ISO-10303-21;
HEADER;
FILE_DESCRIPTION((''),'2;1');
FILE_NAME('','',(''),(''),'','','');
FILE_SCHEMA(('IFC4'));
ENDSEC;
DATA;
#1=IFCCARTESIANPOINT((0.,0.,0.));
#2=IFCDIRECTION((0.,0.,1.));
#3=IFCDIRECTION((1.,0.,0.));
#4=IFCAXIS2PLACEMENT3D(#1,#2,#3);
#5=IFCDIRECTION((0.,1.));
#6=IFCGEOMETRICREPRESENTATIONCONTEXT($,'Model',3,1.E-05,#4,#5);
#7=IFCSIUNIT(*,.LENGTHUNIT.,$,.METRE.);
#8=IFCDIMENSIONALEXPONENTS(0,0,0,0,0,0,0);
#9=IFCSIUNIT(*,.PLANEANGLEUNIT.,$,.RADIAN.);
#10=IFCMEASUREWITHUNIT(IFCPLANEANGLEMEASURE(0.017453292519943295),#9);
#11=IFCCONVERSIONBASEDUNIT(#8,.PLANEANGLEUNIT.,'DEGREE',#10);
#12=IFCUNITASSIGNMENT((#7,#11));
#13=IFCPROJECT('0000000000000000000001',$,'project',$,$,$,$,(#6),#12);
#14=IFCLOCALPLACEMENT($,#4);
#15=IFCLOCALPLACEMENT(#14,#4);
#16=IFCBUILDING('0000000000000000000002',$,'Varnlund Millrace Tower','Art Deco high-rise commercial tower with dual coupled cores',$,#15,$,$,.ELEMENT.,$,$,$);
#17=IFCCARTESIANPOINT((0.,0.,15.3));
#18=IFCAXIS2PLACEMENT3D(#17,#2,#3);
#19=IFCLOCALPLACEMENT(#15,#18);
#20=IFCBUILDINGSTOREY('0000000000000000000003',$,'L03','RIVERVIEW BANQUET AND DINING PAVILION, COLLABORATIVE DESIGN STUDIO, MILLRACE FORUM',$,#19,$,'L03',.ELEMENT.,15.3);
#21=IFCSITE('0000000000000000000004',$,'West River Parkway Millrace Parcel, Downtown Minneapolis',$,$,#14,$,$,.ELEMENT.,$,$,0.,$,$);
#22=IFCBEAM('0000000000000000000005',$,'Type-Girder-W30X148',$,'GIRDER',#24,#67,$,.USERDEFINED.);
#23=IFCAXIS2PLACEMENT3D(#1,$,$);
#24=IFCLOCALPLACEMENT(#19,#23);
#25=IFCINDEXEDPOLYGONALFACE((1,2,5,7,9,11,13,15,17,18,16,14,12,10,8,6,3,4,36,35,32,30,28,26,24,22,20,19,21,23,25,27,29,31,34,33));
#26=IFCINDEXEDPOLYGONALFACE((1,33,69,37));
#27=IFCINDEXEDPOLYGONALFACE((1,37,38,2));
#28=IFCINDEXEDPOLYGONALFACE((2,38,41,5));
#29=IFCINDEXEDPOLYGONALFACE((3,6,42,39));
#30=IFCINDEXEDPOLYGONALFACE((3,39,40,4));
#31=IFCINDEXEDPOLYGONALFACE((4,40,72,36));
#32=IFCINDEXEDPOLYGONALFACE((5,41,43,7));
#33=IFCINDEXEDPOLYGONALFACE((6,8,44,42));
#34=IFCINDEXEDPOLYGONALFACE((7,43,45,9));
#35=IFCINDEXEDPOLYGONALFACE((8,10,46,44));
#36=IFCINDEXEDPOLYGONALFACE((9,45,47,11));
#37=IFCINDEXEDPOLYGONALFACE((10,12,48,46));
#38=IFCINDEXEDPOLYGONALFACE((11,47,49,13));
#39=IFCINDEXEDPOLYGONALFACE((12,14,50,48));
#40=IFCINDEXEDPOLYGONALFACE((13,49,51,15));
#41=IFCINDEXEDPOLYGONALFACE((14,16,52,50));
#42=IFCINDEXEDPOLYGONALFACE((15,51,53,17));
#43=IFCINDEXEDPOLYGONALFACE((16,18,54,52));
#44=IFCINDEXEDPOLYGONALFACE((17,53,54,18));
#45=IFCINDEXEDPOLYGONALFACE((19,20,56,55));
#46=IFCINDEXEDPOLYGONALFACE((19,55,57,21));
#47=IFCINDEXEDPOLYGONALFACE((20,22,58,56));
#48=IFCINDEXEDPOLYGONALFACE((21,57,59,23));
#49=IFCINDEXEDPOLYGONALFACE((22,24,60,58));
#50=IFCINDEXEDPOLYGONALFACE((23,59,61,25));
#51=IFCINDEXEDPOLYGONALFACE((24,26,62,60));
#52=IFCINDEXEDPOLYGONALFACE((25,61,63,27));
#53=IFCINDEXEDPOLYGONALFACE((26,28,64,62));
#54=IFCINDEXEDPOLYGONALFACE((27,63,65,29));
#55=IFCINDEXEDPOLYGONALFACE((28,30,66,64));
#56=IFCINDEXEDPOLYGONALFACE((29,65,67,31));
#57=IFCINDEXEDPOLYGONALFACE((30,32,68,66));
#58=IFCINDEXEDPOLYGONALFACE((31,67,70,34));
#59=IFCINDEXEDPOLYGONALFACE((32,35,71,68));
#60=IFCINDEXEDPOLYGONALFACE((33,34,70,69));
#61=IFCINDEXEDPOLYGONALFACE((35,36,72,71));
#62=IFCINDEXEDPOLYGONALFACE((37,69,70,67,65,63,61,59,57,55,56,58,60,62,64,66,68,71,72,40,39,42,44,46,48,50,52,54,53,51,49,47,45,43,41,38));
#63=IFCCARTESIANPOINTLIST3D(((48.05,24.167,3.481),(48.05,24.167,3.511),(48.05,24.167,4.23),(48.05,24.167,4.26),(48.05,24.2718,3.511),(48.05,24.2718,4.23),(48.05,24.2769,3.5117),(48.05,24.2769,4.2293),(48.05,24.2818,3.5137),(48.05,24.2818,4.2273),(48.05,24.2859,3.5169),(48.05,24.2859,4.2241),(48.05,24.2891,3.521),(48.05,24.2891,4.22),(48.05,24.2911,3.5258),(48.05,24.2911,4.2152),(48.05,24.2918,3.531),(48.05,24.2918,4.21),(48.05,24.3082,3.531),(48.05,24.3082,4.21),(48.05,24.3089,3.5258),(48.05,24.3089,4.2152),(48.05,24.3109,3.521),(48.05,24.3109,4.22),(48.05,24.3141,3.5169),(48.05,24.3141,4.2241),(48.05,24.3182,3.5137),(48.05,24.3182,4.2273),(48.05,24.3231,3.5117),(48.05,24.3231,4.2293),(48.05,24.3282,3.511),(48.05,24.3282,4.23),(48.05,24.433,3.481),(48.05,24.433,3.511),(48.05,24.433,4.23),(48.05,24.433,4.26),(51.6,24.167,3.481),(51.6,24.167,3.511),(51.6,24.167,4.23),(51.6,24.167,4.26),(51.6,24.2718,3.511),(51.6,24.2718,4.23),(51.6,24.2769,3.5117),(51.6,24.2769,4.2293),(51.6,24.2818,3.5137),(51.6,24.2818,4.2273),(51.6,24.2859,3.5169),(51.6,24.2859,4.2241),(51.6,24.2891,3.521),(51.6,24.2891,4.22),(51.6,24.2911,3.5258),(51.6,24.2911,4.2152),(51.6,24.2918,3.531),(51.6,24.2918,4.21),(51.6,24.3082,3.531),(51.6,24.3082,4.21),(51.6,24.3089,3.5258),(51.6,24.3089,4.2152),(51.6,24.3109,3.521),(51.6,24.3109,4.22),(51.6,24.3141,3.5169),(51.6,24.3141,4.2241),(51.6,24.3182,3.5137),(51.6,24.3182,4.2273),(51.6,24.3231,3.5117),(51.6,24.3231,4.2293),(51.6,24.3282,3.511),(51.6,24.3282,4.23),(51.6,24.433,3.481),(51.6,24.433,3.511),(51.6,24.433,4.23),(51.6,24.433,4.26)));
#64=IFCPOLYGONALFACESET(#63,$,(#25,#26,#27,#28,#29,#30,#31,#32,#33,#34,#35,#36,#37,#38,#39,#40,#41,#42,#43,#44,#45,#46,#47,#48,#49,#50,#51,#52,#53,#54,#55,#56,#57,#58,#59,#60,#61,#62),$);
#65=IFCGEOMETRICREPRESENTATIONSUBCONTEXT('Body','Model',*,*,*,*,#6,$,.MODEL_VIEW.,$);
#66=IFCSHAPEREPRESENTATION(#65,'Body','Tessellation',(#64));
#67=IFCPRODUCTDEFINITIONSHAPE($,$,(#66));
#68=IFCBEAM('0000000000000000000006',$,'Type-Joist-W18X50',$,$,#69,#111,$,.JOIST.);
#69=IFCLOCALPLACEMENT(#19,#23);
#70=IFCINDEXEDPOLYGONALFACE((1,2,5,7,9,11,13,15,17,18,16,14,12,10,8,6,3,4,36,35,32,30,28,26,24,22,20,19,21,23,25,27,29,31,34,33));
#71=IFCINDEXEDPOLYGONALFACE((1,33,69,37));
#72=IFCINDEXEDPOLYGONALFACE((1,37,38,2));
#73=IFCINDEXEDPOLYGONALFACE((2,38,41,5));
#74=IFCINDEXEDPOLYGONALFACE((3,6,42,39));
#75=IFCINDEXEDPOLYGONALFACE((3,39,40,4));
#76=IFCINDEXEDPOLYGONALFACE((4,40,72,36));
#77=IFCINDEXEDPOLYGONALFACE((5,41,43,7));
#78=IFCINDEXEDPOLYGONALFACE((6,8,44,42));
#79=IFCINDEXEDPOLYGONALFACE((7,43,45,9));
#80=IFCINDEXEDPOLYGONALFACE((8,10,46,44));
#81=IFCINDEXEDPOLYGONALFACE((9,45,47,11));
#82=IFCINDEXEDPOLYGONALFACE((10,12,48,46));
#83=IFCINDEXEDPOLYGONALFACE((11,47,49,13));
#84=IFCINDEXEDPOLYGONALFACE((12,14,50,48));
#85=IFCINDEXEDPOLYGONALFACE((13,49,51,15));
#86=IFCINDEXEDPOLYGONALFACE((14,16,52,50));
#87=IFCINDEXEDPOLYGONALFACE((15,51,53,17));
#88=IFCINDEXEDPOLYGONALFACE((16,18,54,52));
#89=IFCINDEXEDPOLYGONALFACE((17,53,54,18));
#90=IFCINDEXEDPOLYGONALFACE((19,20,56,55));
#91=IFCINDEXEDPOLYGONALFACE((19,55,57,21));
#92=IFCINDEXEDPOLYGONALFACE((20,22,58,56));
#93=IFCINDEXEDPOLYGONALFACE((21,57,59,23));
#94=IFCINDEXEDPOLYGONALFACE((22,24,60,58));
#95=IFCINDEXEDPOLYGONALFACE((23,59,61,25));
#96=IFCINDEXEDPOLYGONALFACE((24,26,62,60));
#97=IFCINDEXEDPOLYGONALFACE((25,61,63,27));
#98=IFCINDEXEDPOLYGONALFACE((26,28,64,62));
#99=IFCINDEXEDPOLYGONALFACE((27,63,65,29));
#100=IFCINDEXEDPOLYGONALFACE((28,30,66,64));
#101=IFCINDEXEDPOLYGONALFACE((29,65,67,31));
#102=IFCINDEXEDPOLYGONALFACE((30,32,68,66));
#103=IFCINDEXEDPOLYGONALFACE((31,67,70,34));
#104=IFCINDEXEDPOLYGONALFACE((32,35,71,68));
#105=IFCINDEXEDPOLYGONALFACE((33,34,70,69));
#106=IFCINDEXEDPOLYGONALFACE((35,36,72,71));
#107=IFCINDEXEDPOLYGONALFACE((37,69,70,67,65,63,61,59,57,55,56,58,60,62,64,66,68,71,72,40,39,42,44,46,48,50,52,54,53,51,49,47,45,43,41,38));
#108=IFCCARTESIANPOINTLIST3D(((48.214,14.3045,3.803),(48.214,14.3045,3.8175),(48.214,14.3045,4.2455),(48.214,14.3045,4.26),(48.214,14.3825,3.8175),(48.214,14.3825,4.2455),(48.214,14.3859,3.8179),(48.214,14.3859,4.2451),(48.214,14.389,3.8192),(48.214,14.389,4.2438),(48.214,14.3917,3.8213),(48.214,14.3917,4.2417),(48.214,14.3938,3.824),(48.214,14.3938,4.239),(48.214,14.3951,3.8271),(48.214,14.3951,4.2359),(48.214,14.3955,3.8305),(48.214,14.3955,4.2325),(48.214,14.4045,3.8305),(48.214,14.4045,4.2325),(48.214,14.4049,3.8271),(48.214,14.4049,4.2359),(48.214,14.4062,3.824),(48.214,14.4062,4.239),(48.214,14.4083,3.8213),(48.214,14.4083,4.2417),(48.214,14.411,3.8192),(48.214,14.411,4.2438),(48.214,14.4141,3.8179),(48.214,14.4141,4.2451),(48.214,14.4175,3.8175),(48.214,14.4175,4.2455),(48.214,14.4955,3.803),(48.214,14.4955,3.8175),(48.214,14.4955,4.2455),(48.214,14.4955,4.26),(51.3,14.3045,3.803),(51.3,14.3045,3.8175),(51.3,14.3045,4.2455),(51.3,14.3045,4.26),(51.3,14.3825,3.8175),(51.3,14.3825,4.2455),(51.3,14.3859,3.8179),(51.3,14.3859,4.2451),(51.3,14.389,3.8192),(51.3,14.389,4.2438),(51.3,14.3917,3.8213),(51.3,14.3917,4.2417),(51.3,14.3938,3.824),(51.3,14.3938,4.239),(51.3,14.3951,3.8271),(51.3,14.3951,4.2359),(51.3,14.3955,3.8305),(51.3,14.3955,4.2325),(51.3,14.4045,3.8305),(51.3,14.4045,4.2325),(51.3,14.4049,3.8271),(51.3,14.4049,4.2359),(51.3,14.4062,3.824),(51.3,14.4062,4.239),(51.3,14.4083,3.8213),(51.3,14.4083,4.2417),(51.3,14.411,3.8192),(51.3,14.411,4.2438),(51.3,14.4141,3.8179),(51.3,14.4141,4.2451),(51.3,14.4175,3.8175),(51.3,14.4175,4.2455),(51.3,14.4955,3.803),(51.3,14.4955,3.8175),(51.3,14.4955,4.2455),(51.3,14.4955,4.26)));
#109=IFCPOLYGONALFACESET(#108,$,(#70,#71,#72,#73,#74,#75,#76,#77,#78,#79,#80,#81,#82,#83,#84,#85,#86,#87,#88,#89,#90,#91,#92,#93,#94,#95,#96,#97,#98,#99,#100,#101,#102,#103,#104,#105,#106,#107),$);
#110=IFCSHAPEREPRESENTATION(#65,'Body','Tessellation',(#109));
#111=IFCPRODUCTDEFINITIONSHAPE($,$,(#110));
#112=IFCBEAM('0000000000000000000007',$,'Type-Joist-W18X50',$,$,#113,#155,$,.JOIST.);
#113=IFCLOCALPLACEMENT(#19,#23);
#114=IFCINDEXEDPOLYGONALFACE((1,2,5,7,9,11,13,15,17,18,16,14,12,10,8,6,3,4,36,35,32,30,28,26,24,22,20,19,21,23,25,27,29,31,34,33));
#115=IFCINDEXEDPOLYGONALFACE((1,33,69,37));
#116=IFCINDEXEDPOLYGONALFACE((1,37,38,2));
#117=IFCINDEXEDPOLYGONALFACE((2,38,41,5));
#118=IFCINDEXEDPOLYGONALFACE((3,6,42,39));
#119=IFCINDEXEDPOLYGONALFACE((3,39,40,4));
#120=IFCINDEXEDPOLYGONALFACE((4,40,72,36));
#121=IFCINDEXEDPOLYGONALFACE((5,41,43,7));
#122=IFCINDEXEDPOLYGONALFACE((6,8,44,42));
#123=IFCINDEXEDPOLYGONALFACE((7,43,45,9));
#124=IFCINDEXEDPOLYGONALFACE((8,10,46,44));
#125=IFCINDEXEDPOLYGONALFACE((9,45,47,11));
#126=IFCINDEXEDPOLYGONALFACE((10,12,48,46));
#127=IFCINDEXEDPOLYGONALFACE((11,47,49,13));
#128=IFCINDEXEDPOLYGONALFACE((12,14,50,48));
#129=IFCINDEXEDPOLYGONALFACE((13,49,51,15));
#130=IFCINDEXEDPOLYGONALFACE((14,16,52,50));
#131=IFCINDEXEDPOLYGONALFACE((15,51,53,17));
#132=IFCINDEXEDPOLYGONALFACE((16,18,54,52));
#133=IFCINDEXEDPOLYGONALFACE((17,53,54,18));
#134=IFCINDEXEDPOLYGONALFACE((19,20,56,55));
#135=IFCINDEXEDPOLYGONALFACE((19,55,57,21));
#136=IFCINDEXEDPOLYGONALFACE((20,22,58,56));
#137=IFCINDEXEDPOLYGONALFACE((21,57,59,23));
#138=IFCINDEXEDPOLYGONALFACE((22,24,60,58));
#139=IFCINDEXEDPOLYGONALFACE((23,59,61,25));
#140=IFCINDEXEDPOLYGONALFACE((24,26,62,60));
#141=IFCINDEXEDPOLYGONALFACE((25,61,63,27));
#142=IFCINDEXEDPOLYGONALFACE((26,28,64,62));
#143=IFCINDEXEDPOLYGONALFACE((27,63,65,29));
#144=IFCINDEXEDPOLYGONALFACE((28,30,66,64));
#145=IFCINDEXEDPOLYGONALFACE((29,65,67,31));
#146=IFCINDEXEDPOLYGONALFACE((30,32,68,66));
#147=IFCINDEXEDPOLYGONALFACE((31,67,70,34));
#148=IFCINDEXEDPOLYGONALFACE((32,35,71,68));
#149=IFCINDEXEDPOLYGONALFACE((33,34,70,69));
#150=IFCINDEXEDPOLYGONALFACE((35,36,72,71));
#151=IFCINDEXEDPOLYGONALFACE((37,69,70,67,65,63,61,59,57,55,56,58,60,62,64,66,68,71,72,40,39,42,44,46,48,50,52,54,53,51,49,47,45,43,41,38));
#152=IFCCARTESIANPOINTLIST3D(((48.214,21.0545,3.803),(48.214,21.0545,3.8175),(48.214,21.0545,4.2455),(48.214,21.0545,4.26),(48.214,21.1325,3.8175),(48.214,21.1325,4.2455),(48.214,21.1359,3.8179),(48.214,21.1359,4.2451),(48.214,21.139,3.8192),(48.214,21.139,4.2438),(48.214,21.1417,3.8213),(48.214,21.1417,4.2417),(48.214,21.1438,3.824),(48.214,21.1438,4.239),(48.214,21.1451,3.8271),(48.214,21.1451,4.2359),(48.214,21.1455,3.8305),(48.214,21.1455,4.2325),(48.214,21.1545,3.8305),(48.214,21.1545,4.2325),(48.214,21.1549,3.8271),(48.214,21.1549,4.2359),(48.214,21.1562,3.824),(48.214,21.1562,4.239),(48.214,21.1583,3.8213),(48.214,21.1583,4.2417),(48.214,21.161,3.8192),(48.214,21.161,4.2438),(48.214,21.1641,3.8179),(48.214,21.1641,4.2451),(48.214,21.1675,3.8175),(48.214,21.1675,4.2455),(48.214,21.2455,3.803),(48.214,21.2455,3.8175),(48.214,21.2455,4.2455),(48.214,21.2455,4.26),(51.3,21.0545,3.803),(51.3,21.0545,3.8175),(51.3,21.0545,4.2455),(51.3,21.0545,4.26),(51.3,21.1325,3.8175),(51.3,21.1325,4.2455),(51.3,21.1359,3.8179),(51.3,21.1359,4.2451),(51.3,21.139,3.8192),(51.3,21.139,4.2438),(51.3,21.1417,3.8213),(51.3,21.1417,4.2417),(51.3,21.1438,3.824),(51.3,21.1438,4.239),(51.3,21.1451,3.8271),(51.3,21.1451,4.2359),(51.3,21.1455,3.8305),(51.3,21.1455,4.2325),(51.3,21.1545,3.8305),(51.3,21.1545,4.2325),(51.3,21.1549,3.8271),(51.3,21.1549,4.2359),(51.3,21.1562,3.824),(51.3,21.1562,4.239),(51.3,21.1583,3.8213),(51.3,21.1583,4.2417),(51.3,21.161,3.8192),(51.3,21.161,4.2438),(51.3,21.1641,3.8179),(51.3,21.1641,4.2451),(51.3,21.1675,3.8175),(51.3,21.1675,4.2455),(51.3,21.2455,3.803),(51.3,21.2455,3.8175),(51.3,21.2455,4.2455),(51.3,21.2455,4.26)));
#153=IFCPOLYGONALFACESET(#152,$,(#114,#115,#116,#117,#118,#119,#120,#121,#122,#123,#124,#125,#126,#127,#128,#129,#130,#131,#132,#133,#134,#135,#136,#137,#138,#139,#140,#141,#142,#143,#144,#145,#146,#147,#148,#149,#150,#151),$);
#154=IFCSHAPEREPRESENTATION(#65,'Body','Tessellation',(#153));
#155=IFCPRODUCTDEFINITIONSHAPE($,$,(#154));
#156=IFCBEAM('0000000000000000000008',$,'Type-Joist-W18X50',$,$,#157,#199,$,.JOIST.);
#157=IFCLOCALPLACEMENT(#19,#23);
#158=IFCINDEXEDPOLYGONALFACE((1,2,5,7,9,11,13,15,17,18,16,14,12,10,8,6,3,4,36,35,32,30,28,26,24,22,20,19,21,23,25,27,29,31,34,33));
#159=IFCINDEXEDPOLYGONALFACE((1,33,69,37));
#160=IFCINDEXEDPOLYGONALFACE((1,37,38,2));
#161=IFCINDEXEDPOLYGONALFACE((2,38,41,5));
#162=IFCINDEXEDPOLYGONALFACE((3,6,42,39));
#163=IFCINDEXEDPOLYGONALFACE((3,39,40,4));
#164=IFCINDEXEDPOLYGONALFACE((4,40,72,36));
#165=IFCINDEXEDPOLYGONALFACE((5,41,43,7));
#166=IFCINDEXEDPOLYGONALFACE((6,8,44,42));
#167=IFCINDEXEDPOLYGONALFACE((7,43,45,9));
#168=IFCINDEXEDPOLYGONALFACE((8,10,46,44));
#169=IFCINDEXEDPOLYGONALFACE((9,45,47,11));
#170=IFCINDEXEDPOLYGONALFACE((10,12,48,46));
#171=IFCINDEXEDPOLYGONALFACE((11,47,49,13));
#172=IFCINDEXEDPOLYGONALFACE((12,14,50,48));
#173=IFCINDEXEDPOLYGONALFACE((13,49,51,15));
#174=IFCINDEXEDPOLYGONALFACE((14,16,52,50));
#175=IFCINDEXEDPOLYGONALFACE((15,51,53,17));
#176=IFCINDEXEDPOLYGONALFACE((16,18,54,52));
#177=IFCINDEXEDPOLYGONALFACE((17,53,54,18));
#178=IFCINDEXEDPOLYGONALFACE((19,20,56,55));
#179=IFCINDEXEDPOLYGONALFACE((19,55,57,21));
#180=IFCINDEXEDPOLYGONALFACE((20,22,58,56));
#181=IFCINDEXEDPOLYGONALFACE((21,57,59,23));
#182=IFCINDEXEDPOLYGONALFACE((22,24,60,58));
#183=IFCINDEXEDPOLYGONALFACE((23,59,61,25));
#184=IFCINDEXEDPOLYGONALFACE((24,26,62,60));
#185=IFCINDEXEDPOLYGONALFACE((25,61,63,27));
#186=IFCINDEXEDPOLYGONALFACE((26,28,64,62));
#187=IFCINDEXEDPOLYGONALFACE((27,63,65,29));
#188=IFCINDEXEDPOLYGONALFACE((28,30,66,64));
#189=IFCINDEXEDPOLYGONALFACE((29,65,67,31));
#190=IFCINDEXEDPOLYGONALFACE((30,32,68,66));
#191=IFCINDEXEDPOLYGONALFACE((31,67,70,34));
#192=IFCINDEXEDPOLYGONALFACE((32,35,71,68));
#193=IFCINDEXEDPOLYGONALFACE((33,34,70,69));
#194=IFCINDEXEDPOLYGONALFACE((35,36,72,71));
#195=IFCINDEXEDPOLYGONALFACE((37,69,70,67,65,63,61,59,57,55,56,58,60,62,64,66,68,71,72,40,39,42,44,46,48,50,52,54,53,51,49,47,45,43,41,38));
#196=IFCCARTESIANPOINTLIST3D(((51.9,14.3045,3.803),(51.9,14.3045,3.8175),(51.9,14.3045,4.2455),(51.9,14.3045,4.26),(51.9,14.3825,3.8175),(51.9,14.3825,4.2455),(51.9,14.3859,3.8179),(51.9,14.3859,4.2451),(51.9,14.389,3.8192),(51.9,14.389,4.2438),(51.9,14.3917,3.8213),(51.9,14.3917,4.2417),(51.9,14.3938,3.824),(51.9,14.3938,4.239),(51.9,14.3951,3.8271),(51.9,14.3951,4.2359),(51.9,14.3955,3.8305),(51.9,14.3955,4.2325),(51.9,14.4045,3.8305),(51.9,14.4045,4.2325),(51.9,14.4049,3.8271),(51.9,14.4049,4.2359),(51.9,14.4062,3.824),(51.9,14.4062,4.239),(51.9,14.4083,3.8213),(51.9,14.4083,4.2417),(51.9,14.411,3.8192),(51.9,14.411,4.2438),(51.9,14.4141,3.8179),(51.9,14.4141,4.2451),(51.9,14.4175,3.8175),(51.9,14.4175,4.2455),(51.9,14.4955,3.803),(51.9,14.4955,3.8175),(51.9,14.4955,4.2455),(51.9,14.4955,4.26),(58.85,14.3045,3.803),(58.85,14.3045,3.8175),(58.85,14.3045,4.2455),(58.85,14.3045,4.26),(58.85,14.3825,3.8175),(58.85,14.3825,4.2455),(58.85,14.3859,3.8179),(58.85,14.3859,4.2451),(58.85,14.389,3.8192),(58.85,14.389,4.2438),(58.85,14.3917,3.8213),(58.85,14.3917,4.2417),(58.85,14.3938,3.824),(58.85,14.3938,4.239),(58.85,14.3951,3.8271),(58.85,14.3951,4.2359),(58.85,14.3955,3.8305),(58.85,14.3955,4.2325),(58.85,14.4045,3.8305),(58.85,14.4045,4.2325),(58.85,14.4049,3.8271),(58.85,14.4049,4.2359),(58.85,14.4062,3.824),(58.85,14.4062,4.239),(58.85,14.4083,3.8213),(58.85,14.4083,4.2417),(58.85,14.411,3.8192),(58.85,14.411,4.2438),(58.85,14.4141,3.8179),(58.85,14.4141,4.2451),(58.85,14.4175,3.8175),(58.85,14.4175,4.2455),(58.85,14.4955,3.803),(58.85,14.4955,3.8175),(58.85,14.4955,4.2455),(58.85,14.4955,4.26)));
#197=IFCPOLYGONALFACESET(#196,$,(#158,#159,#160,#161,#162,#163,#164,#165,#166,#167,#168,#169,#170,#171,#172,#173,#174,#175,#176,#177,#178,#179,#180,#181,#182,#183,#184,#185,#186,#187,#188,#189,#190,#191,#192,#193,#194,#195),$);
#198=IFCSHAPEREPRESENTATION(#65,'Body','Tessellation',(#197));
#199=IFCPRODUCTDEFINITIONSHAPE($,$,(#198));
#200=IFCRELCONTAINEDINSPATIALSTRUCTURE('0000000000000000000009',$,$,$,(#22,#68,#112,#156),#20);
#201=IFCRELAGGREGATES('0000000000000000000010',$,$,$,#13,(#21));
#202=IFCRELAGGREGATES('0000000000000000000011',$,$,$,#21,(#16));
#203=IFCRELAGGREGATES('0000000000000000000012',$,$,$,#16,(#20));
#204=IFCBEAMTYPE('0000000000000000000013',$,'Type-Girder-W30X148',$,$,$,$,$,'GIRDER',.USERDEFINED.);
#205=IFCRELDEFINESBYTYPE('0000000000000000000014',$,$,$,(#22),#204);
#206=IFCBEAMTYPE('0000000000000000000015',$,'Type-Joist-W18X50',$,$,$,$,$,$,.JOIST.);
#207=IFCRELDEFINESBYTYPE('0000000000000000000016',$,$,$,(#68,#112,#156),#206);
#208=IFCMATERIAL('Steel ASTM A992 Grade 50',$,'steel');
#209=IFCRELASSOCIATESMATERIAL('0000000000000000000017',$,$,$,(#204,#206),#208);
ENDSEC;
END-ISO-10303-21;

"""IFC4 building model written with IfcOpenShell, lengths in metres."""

from ifc_helpers import new_model, entity, si_unit, converted_unit, direction, frame, origin_with_axes, origin_2d_with_axis, place, context, subcontext, project, spatial, i_section, extrude, material, material_profile, profile_set, type_object, element, save


model = new_model("IFC4")

# Units and contexts
model_context = context("Model", 3, precision=1e-05, world=origin_with_axes(), true_north=direction((0.0, 1.0)))
body_context = subcontext(model_context, "Body", "Model", "MODEL_VIEW")
ifc_project = project(units=[si_unit("LENGTHUNIT", "METRE"), converted_unit("PLANEANGLEUNIT", "DEGREE", entity("IfcPlaneAngleMeasure", 0.017453292519943295), si_unit("PLANEANGLEUNIT", "RADIAN"), dimensions=[0, 0, 0, 0, 0, 0, 0])], contexts=[model_context])

# Site, building, storey
site_placement = place(None, origin_with_axes())
site = spatial("IfcSite", under=ifc_project, at=site_placement, Name="West River Parkway Millrace Parcel, Downtown Minneapolis", CompositionType="ELEMENT", RefElevation=0.0)
building_placement = place(site_placement, origin_with_axes())
building = spatial("IfcBuilding", under=site, at=building_placement, Name="Varnlund Millrace Tower", Description="Art Deco high-rise commercial tower with dual coupled cores", CompositionType="ELEMENT")
storey_placement = place(building_placement, frame((0.0, 0.0, 15.3), z_axis=(0.0, 0.0, 1.0), x_axis=(1.0, 0.0, 0.0)))
storey = spatial("IfcBuildingStorey", under=building, at=storey_placement, Name="L03", Description="RIVERVIEW BANQUET AND DINING PAVILION, COLLABORATIVE DESIGN STUDIO, MILLRACE FORUM", LongName="L03", CompositionType="ELEMENT", Elevation=15.3)

# Beams
ifc_material_1 = material(Name="Steel ASTM A992 Grade 50", Category="steel")
ifc_material_profile_1 = material_profile(ifc_material_1, i_section(OverallWidth=0.266, OverallDepth=0.779, WebThickness=0.0165, FlangeThickness=0.03, FilletRadius=0.02, at=origin_2d_with_axis()), Name="Steel ASTM A992 Grade 50")
ifc_profile_set_1 = profile_set([ifc_material_profile_1], Name="Steel ASTM A992 Grade 50")
beam_type_1 = type_object("IfcBeamType", Name="Type-Girder-W30X148", ElementType="GIRDER", PredefinedType="USERDEFINED", material=ifc_profile_set_1)
beam_1_placement = place(storey_placement, frame((48.05, 24.3, 3.8705), z_axis=(1.0, 0.0, 0.0), x_axis=(0.0, 1.0, 0.0)))
element("IfcBeam", 1, at=beam_1_placement, inside=storey, type_object=beam_type_1, Name="Type-Girder-W30X148", ObjectType="GIRDER", PredefinedType="USERDEFINED", context=body_context, shape_type="SweptSolid", body=[
    extrude(i_section(OverallWidth=0.266, OverallDepth=0.779, WebThickness=0.0165, FlangeThickness=0.03, FilletRadius=0.02, at=origin_2d_with_axis()), origin_with_axes(), (0.0, 0.0, 1.0), 3.55),
])
ifc_material_profile_2 = material_profile(ifc_material_1, i_section(OverallWidth=0.191, OverallDepth=0.457, WebThickness=0.009, FlangeThickness=0.0145, FilletRadius=0.013, at=origin_2d_with_axis()), Name="Steel ASTM A992 Grade 50")
ifc_profile_set_2 = profile_set([ifc_material_profile_2], Name="Steel ASTM A992 Grade 50")
beam_type_2 = type_object("IfcBeamType", Name="Type-Joist-W18X50", PredefinedType="JOIST", material=ifc_profile_set_2)
for number, where, z_axis, x_axis, name in (
    (2, (48.214, 14.4, 4.0315), (1.0, 0.0, 0.0), (0.0, 1.0, 0.0), "Type-Joist-W18X50"),
    (3, (48.214, 21.15, 4.0315), (1.0, 0.0, 0.0), (0.0, 1.0, 0.0), "Type-Joist-W18X50"),
):
    element("IfcBeam", number, at=place(storey_placement, frame(where, z_axis=z_axis, x_axis=x_axis)), inside=storey, type_object=beam_type_2, Name=name, PredefinedType="JOIST", context=body_context, shape_type="SweptSolid", body=[
        extrude(i_section(OverallWidth=0.191, OverallDepth=0.457, WebThickness=0.009, FlangeThickness=0.0145, FilletRadius=0.013, at=origin_2d_with_axis()), origin_with_axes(), (0.0, 0.0, 1.0), 3.086),
    ])
for number, where, z_axis, x_axis, name in (
    (4, (51.9, 14.4, 4.0315), (1.0, 0.0, 0.0), (0.0, 1.0, 0.0), "Type-Joist-W18X50"),
):
    element("IfcBeam", number, at=place(storey_placement, frame(where, z_axis=z_axis, x_axis=x_axis)), inside=storey, type_object=beam_type_2, Name=name, PredefinedType="JOIST", context=body_context, shape_type="SweptSolid", body=[
        extrude(i_section(OverallWidth=0.191, OverallDepth=0.457, WebThickness=0.009, FlangeThickness=0.0145, FilletRadius=0.013, at=origin_2d_with_axis()), origin_with_axes(), (0.0, 0.0, 1.0), 6.95),
    ])

save(model, "model.ifc")
